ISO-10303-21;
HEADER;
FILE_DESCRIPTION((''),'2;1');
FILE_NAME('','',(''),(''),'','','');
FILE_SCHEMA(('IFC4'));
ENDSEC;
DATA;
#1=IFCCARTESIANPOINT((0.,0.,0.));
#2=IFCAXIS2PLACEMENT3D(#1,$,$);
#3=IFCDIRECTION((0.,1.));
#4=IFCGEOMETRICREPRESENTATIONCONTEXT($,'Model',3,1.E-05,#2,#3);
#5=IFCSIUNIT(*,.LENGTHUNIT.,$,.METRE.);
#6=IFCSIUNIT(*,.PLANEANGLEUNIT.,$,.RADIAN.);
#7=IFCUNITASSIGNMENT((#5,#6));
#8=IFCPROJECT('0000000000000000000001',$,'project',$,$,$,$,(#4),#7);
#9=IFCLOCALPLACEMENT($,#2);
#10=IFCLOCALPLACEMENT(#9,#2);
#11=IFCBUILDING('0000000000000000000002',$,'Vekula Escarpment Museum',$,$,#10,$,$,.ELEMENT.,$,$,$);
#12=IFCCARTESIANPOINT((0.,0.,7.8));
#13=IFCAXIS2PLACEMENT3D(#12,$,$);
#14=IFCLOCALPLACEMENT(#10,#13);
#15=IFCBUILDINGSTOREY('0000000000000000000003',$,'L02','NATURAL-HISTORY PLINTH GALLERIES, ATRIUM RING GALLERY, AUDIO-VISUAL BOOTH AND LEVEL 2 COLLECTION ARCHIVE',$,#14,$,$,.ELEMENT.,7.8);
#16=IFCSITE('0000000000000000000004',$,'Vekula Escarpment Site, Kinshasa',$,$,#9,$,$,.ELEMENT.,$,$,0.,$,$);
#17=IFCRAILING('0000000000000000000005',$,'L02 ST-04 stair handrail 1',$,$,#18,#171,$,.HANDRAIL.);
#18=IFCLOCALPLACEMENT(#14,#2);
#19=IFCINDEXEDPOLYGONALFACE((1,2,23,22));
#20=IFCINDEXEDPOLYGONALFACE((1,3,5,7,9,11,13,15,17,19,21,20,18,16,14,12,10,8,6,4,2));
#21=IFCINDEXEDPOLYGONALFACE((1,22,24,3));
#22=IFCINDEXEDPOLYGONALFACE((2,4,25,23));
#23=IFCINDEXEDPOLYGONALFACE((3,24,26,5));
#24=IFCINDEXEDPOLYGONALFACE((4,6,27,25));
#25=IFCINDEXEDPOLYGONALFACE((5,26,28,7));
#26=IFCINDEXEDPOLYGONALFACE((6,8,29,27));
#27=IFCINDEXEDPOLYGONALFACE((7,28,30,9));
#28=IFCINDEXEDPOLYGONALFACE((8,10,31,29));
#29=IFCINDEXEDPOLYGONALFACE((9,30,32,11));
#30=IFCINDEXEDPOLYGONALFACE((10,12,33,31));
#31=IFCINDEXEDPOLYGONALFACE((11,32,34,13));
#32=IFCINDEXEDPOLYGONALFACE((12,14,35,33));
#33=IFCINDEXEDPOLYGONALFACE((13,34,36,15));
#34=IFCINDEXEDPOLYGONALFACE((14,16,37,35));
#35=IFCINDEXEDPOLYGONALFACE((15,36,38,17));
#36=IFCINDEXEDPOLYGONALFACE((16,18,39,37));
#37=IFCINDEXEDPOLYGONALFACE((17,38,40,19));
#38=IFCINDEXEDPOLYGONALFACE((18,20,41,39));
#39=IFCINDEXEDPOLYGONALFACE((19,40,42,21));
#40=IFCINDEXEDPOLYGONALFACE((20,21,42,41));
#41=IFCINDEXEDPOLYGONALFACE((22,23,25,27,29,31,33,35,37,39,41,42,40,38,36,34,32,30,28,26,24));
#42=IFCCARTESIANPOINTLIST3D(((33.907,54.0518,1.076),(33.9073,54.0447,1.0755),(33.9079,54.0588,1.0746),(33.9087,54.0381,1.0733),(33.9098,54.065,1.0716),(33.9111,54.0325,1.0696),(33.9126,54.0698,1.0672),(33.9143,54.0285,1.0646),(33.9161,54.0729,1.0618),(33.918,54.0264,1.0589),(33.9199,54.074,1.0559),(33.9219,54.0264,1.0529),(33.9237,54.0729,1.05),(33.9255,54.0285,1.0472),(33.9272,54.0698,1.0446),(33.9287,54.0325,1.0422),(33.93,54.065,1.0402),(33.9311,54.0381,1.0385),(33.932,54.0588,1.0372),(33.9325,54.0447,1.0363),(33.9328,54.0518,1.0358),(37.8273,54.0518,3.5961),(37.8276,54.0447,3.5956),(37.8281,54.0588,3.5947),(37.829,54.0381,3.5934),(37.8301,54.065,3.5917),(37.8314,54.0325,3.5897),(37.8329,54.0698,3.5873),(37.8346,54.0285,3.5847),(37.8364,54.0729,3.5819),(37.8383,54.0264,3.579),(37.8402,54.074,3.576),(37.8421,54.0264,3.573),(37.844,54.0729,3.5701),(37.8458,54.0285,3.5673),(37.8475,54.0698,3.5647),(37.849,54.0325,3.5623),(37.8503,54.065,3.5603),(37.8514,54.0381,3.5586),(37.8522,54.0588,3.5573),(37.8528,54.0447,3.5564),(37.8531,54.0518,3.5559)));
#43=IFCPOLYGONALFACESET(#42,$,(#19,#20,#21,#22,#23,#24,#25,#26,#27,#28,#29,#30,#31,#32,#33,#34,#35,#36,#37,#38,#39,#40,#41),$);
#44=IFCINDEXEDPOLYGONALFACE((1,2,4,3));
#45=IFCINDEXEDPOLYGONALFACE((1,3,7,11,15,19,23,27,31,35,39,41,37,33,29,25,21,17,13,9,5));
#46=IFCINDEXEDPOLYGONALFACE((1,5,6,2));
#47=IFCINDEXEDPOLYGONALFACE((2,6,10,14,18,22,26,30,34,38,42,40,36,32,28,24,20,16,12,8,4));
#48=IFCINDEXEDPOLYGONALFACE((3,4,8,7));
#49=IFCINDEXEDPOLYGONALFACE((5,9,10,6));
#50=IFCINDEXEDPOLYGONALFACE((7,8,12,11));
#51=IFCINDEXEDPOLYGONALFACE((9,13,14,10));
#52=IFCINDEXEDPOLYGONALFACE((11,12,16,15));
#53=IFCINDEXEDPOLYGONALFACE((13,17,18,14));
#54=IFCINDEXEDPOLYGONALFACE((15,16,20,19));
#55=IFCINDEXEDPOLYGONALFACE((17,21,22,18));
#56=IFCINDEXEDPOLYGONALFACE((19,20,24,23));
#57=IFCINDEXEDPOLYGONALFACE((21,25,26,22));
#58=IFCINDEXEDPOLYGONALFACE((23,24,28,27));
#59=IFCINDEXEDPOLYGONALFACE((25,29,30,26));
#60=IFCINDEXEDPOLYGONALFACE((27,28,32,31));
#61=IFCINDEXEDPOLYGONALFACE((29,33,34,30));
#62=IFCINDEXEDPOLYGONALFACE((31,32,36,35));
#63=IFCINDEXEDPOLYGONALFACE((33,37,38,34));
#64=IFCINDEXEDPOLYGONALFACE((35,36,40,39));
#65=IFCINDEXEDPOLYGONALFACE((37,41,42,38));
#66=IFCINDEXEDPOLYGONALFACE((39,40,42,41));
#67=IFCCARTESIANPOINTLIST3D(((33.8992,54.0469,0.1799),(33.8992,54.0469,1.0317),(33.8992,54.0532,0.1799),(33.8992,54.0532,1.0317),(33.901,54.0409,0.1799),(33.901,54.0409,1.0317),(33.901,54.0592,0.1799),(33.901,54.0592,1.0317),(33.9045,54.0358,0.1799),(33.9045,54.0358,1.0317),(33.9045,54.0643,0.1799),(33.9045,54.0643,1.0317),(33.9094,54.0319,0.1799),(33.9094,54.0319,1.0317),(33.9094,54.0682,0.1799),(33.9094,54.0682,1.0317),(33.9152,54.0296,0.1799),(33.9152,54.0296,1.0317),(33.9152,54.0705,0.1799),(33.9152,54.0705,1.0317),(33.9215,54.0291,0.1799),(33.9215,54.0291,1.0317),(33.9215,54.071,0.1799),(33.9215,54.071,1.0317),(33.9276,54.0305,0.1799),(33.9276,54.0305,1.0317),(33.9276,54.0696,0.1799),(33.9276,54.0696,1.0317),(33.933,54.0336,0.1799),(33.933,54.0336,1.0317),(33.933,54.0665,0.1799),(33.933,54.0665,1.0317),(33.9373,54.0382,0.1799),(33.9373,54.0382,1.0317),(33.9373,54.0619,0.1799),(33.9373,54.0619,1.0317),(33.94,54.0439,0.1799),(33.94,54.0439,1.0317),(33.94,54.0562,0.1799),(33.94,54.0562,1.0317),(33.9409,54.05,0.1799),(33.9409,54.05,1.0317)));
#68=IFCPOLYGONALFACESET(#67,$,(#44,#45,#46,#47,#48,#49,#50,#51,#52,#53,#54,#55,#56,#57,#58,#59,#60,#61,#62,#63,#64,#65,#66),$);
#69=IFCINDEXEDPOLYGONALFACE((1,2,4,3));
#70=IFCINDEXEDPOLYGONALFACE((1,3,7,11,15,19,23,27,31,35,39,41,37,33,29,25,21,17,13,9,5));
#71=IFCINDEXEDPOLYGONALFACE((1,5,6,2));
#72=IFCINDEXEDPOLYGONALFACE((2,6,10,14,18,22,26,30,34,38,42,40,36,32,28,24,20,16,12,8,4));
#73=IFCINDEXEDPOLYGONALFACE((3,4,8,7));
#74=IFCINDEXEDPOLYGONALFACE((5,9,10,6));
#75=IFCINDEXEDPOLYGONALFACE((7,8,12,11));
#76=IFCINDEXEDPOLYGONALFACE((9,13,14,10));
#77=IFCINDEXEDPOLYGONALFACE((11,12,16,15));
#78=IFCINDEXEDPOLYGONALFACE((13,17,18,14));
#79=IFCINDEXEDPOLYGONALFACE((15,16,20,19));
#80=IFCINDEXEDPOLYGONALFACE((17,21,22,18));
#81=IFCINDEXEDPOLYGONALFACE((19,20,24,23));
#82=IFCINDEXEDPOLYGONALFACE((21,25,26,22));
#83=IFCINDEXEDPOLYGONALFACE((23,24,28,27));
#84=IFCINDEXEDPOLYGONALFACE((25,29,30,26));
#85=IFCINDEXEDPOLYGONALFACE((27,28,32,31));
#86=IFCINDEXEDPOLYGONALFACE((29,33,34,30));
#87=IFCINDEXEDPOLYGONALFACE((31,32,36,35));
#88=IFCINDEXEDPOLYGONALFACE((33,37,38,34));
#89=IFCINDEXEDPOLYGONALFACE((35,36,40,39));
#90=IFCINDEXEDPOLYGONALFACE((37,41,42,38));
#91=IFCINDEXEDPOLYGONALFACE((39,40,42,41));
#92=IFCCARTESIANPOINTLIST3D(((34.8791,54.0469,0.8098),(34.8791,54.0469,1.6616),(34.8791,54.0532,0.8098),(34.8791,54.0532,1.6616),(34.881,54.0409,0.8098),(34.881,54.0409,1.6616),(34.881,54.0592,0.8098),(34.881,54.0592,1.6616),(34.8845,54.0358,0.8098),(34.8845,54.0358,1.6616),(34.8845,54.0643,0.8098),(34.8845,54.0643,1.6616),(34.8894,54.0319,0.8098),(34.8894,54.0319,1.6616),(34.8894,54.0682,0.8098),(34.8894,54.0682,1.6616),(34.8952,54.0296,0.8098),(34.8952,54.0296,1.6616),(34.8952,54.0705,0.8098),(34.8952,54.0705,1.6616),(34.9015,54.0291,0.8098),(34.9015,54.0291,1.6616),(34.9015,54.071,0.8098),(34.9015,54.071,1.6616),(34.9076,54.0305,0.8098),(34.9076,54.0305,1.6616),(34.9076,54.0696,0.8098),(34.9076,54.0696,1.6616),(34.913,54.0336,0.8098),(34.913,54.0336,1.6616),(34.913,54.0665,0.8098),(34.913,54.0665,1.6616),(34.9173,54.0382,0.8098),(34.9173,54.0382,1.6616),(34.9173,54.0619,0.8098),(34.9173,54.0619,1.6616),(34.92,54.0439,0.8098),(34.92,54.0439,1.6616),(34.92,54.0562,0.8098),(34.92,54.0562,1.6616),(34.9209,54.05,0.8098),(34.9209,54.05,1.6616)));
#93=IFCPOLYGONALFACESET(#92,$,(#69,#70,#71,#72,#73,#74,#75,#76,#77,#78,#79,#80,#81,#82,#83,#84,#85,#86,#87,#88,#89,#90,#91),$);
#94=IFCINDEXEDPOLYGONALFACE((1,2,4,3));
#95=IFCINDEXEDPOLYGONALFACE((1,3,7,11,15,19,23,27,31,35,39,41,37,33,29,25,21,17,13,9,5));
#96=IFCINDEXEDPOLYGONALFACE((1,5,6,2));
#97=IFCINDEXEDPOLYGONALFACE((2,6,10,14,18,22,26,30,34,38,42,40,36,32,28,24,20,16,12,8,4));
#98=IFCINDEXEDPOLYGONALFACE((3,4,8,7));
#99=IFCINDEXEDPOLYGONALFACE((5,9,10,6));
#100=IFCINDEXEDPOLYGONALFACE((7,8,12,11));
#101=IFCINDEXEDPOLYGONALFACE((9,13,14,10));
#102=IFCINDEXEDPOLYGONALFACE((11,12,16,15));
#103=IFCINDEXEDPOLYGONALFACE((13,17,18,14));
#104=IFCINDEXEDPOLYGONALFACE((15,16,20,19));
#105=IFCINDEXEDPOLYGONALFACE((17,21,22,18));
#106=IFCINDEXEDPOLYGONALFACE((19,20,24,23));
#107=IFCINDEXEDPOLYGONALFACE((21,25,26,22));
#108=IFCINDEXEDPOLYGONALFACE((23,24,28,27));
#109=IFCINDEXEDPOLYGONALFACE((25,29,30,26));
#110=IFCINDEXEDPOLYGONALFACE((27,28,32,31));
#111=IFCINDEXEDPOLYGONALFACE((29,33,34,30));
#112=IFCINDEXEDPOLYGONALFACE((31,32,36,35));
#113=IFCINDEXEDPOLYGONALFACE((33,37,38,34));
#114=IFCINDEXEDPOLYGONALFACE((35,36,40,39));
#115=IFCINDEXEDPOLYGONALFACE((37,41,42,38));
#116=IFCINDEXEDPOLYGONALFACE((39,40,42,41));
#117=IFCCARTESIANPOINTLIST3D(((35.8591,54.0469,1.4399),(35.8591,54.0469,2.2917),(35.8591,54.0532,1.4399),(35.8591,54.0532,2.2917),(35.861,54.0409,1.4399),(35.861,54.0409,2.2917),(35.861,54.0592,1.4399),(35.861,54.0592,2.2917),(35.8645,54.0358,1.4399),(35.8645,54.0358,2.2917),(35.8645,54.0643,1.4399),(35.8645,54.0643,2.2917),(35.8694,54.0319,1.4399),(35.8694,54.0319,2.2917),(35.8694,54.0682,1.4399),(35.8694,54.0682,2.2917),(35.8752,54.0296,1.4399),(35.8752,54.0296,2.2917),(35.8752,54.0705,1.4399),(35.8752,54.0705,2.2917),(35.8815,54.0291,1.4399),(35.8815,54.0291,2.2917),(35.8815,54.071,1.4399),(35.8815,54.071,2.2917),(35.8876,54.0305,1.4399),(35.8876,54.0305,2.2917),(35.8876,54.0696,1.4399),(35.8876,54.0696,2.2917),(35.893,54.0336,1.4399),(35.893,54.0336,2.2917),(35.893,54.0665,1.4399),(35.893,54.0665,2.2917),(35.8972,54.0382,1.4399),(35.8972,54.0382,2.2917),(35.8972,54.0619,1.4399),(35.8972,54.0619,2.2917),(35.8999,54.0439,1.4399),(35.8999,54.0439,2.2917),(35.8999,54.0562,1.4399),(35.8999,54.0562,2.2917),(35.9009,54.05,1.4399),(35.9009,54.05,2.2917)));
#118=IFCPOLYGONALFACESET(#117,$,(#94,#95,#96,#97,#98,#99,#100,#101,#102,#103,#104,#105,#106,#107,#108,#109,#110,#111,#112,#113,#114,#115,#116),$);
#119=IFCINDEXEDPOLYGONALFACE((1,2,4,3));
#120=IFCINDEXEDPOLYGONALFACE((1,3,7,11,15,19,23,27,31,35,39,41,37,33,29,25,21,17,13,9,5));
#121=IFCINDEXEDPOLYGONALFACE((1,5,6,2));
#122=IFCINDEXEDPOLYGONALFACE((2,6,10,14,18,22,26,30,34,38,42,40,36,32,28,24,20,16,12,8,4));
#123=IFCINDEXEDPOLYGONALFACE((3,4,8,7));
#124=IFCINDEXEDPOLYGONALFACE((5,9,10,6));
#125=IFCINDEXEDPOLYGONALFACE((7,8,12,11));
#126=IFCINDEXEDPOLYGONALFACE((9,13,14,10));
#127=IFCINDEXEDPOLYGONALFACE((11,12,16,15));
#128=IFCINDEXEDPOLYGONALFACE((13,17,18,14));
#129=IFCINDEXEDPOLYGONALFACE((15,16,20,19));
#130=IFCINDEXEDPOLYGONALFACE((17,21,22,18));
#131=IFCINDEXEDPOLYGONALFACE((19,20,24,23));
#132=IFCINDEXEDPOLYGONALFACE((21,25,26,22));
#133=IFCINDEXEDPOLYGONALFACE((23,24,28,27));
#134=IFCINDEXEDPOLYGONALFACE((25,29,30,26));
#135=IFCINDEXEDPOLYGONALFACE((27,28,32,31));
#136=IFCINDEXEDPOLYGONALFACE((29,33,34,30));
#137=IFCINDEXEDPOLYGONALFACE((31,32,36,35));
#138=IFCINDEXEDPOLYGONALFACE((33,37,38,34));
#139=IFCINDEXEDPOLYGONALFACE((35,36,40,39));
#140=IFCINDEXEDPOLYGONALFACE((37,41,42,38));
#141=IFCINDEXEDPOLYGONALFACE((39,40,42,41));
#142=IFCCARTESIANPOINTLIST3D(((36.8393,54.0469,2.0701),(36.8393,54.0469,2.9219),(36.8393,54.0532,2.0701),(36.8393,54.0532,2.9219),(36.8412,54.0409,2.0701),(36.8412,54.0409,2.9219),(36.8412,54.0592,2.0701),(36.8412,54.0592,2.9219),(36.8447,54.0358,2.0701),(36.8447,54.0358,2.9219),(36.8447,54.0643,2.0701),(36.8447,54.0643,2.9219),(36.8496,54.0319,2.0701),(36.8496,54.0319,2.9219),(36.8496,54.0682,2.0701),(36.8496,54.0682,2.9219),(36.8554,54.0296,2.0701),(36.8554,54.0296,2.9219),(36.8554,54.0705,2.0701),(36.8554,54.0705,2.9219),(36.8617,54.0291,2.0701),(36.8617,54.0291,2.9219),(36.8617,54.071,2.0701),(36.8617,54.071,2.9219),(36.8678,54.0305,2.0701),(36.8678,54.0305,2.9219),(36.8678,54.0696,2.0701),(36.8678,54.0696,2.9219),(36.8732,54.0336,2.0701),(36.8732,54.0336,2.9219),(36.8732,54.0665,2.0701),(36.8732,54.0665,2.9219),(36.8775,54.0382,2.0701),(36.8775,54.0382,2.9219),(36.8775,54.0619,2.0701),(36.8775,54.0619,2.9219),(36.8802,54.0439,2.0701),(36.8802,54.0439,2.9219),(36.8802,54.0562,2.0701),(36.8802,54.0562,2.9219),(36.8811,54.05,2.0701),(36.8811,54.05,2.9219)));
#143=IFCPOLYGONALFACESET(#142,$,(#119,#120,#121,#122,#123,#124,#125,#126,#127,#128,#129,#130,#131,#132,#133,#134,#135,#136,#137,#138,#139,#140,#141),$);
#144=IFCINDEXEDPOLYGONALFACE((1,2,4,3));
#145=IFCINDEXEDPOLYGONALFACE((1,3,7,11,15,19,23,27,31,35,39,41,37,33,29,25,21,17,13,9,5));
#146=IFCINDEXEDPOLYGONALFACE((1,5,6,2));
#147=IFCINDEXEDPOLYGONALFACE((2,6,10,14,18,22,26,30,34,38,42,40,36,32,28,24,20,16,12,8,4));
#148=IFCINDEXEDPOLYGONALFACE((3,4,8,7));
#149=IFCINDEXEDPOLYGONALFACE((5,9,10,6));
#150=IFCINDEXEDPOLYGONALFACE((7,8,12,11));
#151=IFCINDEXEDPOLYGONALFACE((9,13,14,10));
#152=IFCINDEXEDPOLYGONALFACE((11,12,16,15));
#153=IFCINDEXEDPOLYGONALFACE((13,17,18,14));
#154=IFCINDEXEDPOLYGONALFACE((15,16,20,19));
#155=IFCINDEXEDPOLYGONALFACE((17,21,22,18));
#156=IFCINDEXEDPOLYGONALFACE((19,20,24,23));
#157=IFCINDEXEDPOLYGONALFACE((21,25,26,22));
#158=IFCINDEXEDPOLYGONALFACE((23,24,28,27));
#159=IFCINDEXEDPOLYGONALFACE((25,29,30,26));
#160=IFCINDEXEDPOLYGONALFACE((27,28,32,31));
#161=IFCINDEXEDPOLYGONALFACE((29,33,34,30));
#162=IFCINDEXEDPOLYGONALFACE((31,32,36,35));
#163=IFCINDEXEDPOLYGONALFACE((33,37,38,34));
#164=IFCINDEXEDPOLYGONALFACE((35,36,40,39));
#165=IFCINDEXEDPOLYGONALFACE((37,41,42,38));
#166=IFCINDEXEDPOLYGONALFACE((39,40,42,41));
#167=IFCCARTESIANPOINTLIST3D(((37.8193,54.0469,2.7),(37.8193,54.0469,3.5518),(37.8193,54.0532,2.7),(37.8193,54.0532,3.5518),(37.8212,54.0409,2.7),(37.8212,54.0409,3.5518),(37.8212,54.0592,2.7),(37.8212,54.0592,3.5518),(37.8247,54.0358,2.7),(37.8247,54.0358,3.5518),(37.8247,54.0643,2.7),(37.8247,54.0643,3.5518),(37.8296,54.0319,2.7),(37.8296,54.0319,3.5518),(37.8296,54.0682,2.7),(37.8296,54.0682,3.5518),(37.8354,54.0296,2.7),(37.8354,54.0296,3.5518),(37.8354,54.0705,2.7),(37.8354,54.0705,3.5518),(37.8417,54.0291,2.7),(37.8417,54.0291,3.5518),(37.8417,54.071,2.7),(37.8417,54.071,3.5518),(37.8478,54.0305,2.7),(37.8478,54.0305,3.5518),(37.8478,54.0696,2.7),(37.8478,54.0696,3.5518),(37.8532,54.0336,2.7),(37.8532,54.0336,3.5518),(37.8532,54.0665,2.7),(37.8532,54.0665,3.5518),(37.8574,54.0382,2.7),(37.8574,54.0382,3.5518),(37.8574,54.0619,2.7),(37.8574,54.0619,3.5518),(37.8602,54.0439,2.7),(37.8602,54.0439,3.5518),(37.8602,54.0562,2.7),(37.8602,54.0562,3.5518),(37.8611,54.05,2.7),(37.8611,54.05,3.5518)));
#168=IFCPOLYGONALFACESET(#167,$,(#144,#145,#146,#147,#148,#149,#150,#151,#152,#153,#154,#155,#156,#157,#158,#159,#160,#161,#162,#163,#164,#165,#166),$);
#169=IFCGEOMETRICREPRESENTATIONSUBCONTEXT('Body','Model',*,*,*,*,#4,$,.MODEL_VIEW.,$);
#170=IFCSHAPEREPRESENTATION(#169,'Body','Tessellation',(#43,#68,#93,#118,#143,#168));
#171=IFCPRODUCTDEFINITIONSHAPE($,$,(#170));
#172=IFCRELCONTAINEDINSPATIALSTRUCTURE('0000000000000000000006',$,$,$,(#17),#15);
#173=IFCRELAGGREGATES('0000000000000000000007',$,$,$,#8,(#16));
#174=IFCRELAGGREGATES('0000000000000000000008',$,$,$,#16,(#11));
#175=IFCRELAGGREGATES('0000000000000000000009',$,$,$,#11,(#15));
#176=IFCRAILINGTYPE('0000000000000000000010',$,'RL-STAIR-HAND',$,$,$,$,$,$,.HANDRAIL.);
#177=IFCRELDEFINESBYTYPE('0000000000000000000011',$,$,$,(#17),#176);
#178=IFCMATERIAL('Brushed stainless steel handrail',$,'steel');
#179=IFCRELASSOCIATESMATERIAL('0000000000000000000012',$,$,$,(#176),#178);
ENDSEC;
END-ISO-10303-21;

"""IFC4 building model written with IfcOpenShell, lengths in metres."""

from ifc_helpers import new_model, si_unit, direction, frame, origin, origin_2d, place, context, subcontext, project, spatial, circle, extrude, material, type_object, element, save


model = new_model("IFC4")

# Units and contexts
model_context = context("Model", 3, precision=1e-05, world=origin(), true_north=direction((0.0, 1.0)))
body_context = subcontext(model_context, "Body", "Model", "MODEL_VIEW")
ifc_project = project(units=[si_unit("LENGTHUNIT", "METRE"), si_unit("PLANEANGLEUNIT", "RADIAN")], contexts=[model_context])

# Site, building, storey
site_placement = place(None, origin())
site = spatial("IfcSite", under=ifc_project, at=site_placement, Name="Vekula Escarpment Site, Kinshasa", CompositionType="ELEMENT", RefElevation=0.0)
building_placement = place(site_placement, origin())
building = spatial("IfcBuilding", under=site, at=building_placement, Name="Vekula Escarpment Museum", CompositionType="ELEMENT")
storey_placement = place(building_placement, frame((0.0, 0.0, 7.8)))
storey = spatial("IfcBuildingStorey", under=building, at=storey_placement, Name="L02", Description="NATURAL-HISTORY PLINTH GALLERIES, ATRIUM RING GALLERY, AUDIO-VISUAL BOOTH AND LEVEL 2 COLLECTION ARCHIVE", CompositionType="ELEMENT", Elevation=7.8)

# Railing
ifc_material_1 = material(Name="Brushed stainless steel handrail", Category="steel")
railing_type_1 = type_object("IfcRailingType", Name="RL-STAIR-HAND", PredefinedType="HANDRAIL", material=ifc_material_1)
railing_1_placement = place(storey_placement, frame((33.9199, 54.05, 0.1799)))
element("IfcRailing", 1, at=railing_1_placement, inside=storey, type_object=railing_type_1, Name="L02 ST-04 stair handrail 1", PredefinedType="HANDRAIL", context=body_context, shape_type="SweptSolid", body=[
    extrude(circle(Radius=0.0239, at=origin_2d()), frame((0.0, 0.0, 0.876), z_axis=(0.841187, 0.0, 0.540744), x_axis=(0.0, 1.0, 0.0)), (0.0, 0.0, 1.0), 4.6604),
    extrude(circle(Radius=0.021, at=origin_2d()), origin(), (0.0, 0.0, 1.0), 0.8518),
    extrude(circle(Radius=0.021, at=origin_2d()), frame((0.98, 0.0, 0.6299)), (0.0, 0.0, 1.0), 0.8518),
    extrude(circle(Radius=0.021, at=origin_2d()), frame((1.96, 0.0, 1.26)), (0.0, 0.0, 1.0), 0.8518),
    extrude(circle(Radius=0.021, at=origin_2d()), frame((2.9402, 0.0, 1.8901)), (0.0, 0.0, 1.0), 0.8518),
    extrude(circle(Radius=0.021, at=origin_2d()), frame((3.9202, 0.0, 2.52)), (0.0, 0.0, 1.0), 0.8518),
])

save(model, "model.ifc")
